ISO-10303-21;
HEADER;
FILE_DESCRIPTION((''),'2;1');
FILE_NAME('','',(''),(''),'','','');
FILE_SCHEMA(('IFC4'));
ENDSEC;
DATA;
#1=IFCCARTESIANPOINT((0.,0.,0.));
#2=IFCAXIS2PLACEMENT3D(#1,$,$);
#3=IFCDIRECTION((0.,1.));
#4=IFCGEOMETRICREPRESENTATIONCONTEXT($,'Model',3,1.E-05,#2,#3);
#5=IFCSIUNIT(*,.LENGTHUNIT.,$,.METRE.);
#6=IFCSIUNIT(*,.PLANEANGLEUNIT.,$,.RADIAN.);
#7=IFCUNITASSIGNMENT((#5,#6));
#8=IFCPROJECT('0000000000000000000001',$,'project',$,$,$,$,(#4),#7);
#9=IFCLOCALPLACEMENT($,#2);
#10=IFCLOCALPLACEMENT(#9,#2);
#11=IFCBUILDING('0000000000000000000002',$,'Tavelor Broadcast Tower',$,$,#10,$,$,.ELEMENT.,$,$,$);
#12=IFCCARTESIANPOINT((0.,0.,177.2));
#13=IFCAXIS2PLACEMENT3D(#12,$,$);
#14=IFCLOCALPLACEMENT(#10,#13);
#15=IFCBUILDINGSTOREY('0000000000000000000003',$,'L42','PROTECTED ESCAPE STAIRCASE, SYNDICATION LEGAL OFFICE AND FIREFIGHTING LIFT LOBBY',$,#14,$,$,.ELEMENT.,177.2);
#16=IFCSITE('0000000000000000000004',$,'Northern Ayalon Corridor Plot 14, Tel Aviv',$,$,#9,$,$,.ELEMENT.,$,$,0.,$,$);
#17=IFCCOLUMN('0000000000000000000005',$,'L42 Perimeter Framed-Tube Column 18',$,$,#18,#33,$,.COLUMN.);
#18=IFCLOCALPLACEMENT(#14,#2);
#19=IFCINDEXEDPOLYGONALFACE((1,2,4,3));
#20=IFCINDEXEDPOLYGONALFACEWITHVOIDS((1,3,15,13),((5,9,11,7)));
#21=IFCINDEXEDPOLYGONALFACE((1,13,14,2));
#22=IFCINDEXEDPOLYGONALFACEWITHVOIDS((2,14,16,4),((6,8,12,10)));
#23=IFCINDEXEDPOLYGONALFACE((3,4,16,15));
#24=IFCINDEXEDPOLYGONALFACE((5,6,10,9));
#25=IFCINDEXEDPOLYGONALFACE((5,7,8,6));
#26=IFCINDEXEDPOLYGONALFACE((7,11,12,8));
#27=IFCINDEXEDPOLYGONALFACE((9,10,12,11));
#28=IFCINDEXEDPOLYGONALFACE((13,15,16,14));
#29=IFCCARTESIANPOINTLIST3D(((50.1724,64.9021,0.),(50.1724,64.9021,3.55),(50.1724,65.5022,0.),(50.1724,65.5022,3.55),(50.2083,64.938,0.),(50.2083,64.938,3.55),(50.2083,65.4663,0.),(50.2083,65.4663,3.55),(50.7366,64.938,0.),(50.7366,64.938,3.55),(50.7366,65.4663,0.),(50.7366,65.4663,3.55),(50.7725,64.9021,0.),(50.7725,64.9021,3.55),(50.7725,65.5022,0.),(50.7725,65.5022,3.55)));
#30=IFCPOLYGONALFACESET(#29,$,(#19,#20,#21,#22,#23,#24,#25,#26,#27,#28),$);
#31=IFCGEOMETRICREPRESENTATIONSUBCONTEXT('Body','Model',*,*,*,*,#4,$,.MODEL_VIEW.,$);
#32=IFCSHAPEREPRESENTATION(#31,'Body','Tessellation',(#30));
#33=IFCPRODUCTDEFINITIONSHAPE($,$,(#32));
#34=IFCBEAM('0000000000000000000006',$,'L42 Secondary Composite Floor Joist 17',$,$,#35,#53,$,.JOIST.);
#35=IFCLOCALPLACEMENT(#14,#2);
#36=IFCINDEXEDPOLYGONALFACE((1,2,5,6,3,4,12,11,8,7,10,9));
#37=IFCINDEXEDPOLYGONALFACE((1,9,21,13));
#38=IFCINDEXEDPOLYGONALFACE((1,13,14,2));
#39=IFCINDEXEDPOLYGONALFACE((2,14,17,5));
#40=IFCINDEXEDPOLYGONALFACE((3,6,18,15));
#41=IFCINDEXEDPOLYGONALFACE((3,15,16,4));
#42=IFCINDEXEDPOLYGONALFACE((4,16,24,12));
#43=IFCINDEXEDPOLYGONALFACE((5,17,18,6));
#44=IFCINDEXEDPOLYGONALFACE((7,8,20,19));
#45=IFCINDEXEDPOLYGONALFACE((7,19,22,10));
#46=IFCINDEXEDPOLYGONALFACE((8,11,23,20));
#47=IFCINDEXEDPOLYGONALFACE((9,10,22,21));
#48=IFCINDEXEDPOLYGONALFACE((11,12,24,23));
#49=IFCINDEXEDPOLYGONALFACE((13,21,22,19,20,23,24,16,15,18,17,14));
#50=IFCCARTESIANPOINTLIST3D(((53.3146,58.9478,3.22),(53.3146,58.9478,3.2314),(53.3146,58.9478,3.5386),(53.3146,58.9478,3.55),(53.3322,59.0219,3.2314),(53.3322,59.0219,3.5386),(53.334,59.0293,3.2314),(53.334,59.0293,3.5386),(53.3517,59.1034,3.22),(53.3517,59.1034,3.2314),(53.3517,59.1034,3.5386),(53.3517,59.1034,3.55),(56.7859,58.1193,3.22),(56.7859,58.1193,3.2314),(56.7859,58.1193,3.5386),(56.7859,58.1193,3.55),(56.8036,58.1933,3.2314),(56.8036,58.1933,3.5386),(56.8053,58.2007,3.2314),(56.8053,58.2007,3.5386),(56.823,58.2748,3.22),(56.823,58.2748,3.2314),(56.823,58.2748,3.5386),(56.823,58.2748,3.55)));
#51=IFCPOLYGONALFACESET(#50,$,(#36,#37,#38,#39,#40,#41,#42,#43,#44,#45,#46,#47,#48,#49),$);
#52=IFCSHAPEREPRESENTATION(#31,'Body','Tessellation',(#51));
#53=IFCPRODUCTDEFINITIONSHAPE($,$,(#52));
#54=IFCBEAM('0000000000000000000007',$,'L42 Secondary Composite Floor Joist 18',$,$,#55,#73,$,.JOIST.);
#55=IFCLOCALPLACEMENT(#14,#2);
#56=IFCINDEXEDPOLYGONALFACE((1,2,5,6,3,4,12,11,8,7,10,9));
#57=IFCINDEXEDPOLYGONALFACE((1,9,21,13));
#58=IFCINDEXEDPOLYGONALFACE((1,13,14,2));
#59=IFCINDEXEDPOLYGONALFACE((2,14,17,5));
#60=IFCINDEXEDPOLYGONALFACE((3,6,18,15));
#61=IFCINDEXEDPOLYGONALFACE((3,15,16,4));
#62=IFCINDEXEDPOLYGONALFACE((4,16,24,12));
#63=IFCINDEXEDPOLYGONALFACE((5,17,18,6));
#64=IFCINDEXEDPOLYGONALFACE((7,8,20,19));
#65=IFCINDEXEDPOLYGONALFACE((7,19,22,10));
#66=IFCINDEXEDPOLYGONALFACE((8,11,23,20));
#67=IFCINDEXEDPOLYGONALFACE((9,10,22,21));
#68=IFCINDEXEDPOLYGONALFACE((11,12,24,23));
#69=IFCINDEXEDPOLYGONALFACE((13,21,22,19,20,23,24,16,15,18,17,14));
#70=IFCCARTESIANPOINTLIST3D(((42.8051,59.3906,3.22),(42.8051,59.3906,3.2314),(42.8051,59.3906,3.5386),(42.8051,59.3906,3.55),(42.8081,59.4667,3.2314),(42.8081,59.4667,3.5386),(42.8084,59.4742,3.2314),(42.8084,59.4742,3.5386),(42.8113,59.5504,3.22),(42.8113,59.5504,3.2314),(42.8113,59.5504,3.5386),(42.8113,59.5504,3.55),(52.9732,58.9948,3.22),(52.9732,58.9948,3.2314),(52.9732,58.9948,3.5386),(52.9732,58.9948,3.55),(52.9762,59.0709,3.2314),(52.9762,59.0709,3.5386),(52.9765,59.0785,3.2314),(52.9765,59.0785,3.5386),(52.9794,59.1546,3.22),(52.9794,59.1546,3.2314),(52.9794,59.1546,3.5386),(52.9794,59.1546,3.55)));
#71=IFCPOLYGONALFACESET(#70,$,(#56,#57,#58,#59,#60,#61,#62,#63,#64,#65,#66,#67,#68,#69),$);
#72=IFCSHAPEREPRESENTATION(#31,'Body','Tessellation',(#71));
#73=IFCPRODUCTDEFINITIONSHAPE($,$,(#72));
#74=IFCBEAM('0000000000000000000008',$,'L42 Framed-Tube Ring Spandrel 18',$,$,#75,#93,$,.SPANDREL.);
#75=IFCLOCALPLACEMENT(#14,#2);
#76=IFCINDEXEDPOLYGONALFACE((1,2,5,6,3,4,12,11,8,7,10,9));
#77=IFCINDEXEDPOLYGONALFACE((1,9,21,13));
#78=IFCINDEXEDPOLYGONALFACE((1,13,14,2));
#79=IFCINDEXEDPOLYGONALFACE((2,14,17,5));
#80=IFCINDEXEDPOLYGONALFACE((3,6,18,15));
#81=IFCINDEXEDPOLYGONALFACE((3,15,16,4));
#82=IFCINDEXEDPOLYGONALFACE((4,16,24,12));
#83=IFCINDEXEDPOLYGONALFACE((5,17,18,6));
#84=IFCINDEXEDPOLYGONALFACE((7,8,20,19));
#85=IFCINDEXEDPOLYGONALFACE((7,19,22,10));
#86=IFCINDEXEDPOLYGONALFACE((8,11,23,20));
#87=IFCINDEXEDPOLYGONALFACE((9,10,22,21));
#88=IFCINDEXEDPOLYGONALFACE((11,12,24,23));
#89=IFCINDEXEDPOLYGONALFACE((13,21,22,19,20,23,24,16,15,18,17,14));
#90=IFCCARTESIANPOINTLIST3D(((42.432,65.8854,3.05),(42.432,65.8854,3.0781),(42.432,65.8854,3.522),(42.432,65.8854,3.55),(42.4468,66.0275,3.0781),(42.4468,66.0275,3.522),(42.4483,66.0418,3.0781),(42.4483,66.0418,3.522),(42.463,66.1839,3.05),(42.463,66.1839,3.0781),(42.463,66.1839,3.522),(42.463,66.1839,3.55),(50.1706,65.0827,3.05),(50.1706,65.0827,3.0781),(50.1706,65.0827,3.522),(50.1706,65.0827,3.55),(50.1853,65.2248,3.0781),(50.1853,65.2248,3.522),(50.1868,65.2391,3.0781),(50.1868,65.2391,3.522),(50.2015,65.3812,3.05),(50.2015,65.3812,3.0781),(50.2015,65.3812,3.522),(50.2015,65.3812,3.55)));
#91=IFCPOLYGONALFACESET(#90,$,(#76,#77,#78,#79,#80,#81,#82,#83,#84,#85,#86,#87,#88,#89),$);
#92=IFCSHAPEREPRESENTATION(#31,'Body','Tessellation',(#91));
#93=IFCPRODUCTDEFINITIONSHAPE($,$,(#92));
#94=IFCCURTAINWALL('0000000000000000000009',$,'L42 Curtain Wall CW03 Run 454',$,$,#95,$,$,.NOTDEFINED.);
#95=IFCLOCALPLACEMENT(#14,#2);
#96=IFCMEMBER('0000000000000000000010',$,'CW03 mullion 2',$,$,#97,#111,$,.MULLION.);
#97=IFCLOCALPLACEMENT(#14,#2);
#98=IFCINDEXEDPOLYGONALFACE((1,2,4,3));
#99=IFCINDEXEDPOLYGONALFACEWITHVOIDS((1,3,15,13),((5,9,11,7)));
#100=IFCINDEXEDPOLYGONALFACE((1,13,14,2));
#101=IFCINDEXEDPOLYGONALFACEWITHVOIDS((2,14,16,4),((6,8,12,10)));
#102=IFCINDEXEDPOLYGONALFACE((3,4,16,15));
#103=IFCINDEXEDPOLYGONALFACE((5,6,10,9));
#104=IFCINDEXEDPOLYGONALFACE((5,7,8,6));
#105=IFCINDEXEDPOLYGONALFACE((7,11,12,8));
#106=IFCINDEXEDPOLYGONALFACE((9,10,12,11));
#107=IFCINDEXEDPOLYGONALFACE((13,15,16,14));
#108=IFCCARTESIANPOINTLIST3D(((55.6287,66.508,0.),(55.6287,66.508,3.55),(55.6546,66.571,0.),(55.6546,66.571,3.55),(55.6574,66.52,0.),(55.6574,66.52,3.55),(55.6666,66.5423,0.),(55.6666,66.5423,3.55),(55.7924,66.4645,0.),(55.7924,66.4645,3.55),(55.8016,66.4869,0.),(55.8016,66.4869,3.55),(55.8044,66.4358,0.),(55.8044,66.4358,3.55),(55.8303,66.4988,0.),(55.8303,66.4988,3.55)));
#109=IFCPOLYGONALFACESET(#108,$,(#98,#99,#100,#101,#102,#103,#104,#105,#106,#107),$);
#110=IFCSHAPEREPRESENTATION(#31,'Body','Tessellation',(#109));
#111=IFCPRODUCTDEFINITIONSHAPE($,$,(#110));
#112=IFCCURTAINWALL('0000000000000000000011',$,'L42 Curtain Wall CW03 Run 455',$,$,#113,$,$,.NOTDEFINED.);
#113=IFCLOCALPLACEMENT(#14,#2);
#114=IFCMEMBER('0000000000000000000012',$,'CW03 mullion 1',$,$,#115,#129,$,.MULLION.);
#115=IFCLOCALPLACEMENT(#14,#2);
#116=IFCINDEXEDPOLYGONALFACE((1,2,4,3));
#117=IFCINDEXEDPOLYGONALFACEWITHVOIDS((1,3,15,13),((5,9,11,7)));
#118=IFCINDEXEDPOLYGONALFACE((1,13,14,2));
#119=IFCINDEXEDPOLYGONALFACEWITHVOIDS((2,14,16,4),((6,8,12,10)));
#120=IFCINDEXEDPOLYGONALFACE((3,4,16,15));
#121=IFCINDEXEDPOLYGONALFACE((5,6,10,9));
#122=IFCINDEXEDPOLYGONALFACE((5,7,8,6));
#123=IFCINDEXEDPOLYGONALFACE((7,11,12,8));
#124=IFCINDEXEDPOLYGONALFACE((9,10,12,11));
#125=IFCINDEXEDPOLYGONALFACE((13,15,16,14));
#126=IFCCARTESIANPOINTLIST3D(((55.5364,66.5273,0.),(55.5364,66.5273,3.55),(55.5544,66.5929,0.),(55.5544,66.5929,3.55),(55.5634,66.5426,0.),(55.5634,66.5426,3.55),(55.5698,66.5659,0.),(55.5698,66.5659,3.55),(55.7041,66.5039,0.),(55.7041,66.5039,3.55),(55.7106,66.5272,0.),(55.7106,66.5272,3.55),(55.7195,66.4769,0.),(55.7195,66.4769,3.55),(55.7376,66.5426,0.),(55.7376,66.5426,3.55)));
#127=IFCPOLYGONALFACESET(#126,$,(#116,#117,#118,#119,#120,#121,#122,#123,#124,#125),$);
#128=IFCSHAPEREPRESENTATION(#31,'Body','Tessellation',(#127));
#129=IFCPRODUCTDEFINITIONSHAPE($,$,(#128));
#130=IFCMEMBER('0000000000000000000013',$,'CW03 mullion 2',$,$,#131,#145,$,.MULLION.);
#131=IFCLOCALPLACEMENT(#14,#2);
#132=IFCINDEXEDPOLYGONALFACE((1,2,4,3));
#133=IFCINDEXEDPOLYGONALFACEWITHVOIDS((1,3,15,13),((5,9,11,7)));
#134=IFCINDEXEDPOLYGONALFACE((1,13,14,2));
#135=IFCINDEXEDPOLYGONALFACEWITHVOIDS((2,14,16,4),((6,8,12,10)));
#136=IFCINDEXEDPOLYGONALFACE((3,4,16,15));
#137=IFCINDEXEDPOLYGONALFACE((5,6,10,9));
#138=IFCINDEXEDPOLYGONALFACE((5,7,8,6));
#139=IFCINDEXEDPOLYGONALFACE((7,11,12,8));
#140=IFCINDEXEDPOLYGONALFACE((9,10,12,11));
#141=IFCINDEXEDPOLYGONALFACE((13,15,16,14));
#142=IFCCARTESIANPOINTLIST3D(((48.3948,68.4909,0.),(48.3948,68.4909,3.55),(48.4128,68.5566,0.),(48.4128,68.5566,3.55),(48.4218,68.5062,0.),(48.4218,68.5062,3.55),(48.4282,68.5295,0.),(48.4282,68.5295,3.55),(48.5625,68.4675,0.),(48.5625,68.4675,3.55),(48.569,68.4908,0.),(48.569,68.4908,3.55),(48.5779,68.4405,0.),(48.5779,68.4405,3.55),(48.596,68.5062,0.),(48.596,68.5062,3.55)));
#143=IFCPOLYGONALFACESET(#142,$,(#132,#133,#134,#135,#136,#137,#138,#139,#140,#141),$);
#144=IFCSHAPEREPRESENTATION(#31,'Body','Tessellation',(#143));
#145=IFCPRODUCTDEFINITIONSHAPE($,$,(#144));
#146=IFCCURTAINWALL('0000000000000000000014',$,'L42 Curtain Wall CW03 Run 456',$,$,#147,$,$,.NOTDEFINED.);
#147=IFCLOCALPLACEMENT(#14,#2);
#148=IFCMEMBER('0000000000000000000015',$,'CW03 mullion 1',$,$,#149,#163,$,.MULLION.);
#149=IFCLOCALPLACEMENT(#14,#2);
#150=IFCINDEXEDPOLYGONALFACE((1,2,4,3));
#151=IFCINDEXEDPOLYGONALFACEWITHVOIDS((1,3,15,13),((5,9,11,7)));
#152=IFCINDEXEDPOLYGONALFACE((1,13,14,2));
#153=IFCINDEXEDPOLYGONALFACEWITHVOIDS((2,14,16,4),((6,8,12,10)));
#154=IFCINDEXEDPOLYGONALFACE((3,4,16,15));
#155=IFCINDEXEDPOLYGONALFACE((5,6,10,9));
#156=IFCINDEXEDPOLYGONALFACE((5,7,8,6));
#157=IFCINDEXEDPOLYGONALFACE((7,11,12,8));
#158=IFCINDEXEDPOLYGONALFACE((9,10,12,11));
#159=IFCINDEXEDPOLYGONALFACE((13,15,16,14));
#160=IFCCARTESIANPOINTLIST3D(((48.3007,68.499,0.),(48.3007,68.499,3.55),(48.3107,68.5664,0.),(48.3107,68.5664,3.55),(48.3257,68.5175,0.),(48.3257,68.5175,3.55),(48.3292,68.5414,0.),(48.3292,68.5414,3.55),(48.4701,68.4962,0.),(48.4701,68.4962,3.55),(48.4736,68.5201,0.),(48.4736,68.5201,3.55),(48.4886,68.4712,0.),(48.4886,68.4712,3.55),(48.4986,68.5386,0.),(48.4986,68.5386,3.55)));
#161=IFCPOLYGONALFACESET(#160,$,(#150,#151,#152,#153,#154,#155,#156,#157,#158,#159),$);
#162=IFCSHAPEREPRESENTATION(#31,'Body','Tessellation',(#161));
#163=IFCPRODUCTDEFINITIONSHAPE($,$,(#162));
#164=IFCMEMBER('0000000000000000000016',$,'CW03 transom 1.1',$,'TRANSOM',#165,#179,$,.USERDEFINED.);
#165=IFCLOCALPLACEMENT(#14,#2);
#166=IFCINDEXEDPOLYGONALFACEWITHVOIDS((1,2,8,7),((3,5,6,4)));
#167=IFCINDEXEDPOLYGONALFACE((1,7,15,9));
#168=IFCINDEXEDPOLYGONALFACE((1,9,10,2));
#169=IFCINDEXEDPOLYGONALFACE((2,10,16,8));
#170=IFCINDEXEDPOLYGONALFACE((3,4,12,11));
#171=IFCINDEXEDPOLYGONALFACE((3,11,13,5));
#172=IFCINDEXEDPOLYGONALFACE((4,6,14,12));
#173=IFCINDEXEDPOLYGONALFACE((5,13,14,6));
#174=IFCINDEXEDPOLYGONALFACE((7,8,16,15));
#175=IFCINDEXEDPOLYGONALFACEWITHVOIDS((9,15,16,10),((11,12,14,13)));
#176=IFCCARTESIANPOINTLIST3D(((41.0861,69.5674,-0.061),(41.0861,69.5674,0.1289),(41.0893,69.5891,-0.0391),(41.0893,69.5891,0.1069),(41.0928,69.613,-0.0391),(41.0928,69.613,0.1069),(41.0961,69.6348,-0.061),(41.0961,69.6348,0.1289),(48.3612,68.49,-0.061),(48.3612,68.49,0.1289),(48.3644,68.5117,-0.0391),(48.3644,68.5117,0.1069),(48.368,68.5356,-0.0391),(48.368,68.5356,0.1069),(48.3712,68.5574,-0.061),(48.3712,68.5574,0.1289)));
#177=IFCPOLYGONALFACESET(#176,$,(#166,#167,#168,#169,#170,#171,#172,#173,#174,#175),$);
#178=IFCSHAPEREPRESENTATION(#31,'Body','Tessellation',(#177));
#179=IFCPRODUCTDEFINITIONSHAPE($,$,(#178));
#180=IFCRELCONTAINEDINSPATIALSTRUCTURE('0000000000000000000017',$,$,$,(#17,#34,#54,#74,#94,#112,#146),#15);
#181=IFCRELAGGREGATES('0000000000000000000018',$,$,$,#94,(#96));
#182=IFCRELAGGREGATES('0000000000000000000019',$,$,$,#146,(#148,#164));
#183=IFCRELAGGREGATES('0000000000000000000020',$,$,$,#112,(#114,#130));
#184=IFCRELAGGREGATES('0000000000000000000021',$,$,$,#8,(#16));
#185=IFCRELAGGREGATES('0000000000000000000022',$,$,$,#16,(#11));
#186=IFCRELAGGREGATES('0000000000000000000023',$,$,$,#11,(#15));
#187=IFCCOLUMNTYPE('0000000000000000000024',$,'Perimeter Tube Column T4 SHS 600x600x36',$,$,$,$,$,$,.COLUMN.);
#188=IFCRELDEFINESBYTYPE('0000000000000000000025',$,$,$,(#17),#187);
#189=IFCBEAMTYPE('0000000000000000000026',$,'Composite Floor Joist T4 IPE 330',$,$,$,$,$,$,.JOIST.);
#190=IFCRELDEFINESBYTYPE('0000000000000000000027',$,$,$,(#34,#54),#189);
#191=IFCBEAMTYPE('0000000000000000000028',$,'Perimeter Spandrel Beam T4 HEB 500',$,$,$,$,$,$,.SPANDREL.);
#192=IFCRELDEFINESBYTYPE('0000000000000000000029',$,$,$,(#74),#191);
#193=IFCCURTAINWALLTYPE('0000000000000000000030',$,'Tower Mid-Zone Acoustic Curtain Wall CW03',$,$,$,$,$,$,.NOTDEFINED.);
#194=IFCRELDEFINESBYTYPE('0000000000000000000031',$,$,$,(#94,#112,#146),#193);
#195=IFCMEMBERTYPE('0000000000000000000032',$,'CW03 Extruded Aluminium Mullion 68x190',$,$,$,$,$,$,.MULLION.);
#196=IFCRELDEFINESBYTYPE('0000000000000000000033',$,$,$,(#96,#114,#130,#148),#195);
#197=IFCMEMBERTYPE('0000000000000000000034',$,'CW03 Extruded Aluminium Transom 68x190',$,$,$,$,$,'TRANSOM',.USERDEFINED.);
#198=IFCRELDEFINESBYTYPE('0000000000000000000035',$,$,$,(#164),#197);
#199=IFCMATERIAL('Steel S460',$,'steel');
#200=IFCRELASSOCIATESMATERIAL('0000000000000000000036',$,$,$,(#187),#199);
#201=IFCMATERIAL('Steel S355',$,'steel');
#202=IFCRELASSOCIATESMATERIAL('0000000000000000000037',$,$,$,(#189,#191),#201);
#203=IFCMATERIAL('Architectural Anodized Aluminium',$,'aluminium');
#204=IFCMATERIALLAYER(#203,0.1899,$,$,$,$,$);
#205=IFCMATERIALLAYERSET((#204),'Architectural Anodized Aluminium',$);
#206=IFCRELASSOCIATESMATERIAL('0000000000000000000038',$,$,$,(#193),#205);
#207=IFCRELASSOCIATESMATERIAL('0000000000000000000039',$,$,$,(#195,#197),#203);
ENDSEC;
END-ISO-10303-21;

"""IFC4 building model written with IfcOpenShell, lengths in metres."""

from ifc_helpers import new_model, si_unit, direction, frame, origin, origin_2d, place, context, subcontext, project, spatial, hollow_rectangle, i_section, extrude, source, transform, mapped, material, layer, layer_set, material_profile, profile_set, type_object, type_shapes, element, aggregate, save


model = new_model("IFC4")

# Units and contexts
model_context = context("Model", 3, precision=1e-05, world=origin(), true_north=direction((0.0, 1.0)))
body_context = subcontext(model_context, "Body", "Model", "MODEL_VIEW")
ifc_project = project(units=[si_unit("LENGTHUNIT", "METRE"), si_unit("PLANEANGLEUNIT", "RADIAN")], contexts=[model_context])

# Site, building, storey
site_placement = place(None, origin())
site = spatial("IfcSite", under=ifc_project, at=site_placement, Name="Northern Ayalon Corridor Plot 14, Tel Aviv", CompositionType="ELEMENT", RefElevation=0.0)
building_placement = place(site_placement, origin())
building = spatial("IfcBuilding", under=site, at=building_placement, Name="Tavelor Broadcast Tower", CompositionType="ELEMENT")
storey_placement = place(building_placement, frame((0.0, 0.0, 177.2)))
storey = spatial("IfcBuildingStorey", under=building, at=storey_placement, Name="L42", Description="PROTECTED ESCAPE STAIRCASE, SYNDICATION LEGAL OFFICE AND FIREFIGHTING LIFT LOBBY", CompositionType="ELEMENT", Elevation=177.2)

# Column
ifc_material_1 = material(Name="Steel S460", Category="steel")
ifc_material_profile_1 = material_profile(ifc_material_1, hollow_rectangle(XDim=0.6001, YDim=0.6001, WallThickness=0.0359, at=origin_2d()), Name="SHS 600x600x36")
ifc_profile_set_1 = profile_set([ifc_material_profile_1], Name="Steel S460")
column_type = type_object("IfcColumnType", Name="Perimeter Tube Column T4 SHS 600x600x36", PredefinedType="COLUMN", material=ifc_profile_set_1)
column_placement = place(storey_placement, frame((50.4724, 65.2021, 0.0), z_axis=(0.0, 0.0, 1.0), x_axis=(1.0, 0.0, 0.0)))
element("IfcColumn", 1, at=column_placement, inside=storey, type_object=column_type, Name="L42 Perimeter Framed-Tube Column 18", PredefinedType="COLUMN", context=body_context, shape_type="SweptSolid", body=[
    extrude(hollow_rectangle(XDim=0.6001, YDim=0.6001, WallThickness=0.0359, at=origin_2d()), origin(), (0.0, 0.0, 1.0), 3.55),
])

# Beams
ifc_material_2 = material(Name="Steel S355", Category="steel")
ifc_material_profile_2 = material_profile(ifc_material_2, i_section(OverallWidth=0.1599, OverallDepth=0.3301, WebThickness=0.0076, FlangeThickness=0.0115, at=origin_2d()), Name="IPE 330")
ifc_profile_set_2 = profile_set([ifc_material_profile_2], Name="Steel S355")
beam_type_1 = type_object("IfcBeamType", Name="Composite Floor Joist T4 IPE 330", PredefinedType="JOIST", material=ifc_profile_set_2)
beam_1_placement = place(storey_placement, frame((56.8044, 58.197, 3.385), z_axis=(-0.972675, 0.232172, 0.0), x_axis=(-0.232172, -0.972675, 0.0)))
element("IfcBeam", 2, at=beam_1_placement, inside=storey, type_object=beam_type_1, Name="L42 Secondary Composite Floor Joist 17", PredefinedType="JOIST", context=body_context, shape_type="SweptSolid", body=[
    extrude(i_section(OverallWidth=0.1599, OverallDepth=0.3301, WebThickness=0.0076, FlangeThickness=0.0115, at=origin_2d()), origin(), (0.0, 0.0, 1.0), 3.5688),
])
beam_2_placement = place(storey_placement, frame((52.9763, 59.0747, 3.385), z_axis=(-0.999243, 0.038892, 0.0), x_axis=(-0.038892, -0.999243, 0.0)))
element("IfcBeam", 3, at=beam_2_placement, inside=storey, type_object=beam_type_1, Name="L42 Secondary Composite Floor Joist 18", PredefinedType="JOIST", context=body_context, shape_type="SweptSolid", body=[
    extrude(i_section(OverallWidth=0.1599, OverallDepth=0.3301, WebThickness=0.0076, FlangeThickness=0.0115, at=origin_2d()), origin(), (0.0, 0.0, 1.0), 10.1758),
])
ifc_material_profile_3 = material_profile(ifc_material_2, i_section(OverallWidth=0.3, OverallDepth=0.5, WebThickness=0.0144, FlangeThickness=0.0281, at=origin_2d()), Name="HEB 500")
ifc_profile_set_3 = profile_set([ifc_material_profile_3], Name="Steel S355")
beam_type_2 = type_object("IfcBeamType", Name="Perimeter Spandrel Beam T4 HEB 500", PredefinedType="SPANDREL", material=ifc_profile_set_3)
beam_3_placement = place(storey_placement, frame((50.186, 65.2319, 3.3), z_axis=(-0.994663, 0.103179, 0.0), x_axis=(-0.103179, -0.994663, 0.0)))
element("IfcBeam", 4, at=beam_3_placement, inside=storey, type_object=beam_type_2, Name="L42 Framed-Tube Ring Spandrel 18", PredefinedType="SPANDREL", context=body_context, shape_type="SweptSolid", body=[
    extrude(i_section(OverallWidth=0.3, OverallDepth=0.5, WebThickness=0.0144, FlangeThickness=0.0281, at=origin_2d()), origin(), (0.0, 0.0, 1.0), 7.78),
])

# Curtain wall, member
ifc_material_3 = material(Name="Architectural Anodized Aluminium", Category="aluminium")
ifc_layer_1 = layer(ifc_material_3, 0.1899)
ifc_layer_set_1 = layer_set([ifc_layer_1], Name="Architectural Anodized Aluminium")
curtain_wall_type = type_object("IfcCurtainWallType", Name="Tower Mid-Zone Acoustic Curtain Wall CW03", PredefinedType="NOTDEFINED", material=ifc_layer_set_1)
curtain_wall_1_placement = place(storey_placement, origin())
curtain_wall_1 = element("IfcCurtainWall", 5, at=curtain_wall_1_placement, inside=storey, type_object=curtain_wall_type, Name="L42 Curtain Wall CW03 Run 454", PredefinedType="NOTDEFINED")
ifc_material_profile_4 = material_profile(ifc_material_3, hollow_rectangle(XDim=0.0681, YDim=0.1899, WallThickness=0.022, at=origin_2d()), Name="RHS 68x190x22")
ifc_profile_set_4 = profile_set([ifc_material_profile_4], Name="Architectural Anodized Aluminium")
member_type_1 = type_object("IfcMemberType", Name="CW03 Extruded Aluminium Mullion 68x190", PredefinedType="MULLION", material=ifc_profile_set_4)
shared_shape_1 = source(origin(), body_context, "Body", "SweptSolid", [
    extrude(hollow_rectangle(XDim=0.0681, YDim=0.1899, WallThickness=0.022, at=origin_2d()), origin(), (0.0, 0.0, 1.0), 3.55),
])
type_shapes(member_type_1, [shared_shape_1])
member_1_placement = place(storey_placement, frame((55.7295, 66.5034, 0.0), z_axis=(0.0, 0.0, 1.0), x_axis=(-0.379855, -0.925046, 0.0)))
member_1 = element("IfcMember", 6, at=member_1_placement, type_object=member_type_1, Name="CW03 mullion 2", PredefinedType="MULLION", context=body_context, shape_type="MappedRepresentation", body=[
    mapped(shared_shape_1, transform((0.0, 0.0, 0.0), scale=1.0)),
])
aggregate(curtain_wall_1, [member_1])

# Curtain walls, members
curtain_wall_2_placement = place(storey_placement, origin())
curtain_wall_2 = element("IfcCurtainWall", 7, at=curtain_wall_2_placement, inside=storey, type_object=curtain_wall_type, Name="L42 Curtain Wall CW03 Run 455", PredefinedType="NOTDEFINED")
member_2_placement = place(storey_placement, frame((55.637, 66.5349, 0.0), z_axis=(0.0, 0.0, 1.0), x_axis=(-0.265128, -0.964213, 0.0)))
member_2 = element("IfcMember", 8, at=member_2_placement, type_object=member_type_1, Name="CW03 mullion 1", PredefinedType="MULLION", context=body_context, shape_type="MappedRepresentation", body=[
    mapped(shared_shape_1, transform((0.0, 0.0, 0.0), scale=1.0)),
])
member_3_placement = place(storey_placement, frame((48.4954, 68.4985, 0.0), z_axis=(0.0, 0.0, 1.0), x_axis=(-0.265128, -0.964213, 0.0)))
member_3 = element("IfcMember", 9, at=member_3_placement, type_object=member_type_1, Name="CW03 mullion 2", PredefinedType="MULLION", context=body_context, shape_type="MappedRepresentation", body=[
    mapped(shared_shape_1, transform((0.0, 0.0, 0.0), scale=1.0)),
])
curtain_wall_3_placement = place(storey_placement, origin())
curtain_wall_3 = element("IfcCurtainWall", 10, at=curtain_wall_3_placement, inside=storey, type_object=curtain_wall_type, Name="L42 Curtain Wall CW03 Run 456", PredefinedType="NOTDEFINED")
member_4_placement = place(storey_placement, frame((48.3997, 68.5188, 0.0), z_axis=(0.0, 0.0, 1.0), x_axis=(-0.146496, -0.989211, 0.0)))
member_4 = element("IfcMember", 11, at=member_4_placement, type_object=member_type_1, Name="CW03 mullion 1", PredefinedType="MULLION", context=body_context, shape_type="MappedRepresentation", body=[
    mapped(shared_shape_1, transform((0.0, 0.0, 0.0), scale=1.0)),
])
ifc_material_profile_5 = material_profile(ifc_material_3, hollow_rectangle(XDim=0.0681, YDim=0.1899, WallThickness=0.022, at=origin_2d()), Name="RHS 68x190x22")
ifc_profile_set_5 = profile_set([ifc_material_profile_5], Name="Architectural Anodized Aluminium")
member_type_2 = type_object("IfcMemberType", Name="CW03 Extruded Aluminium Transom 68x190", ElementType="TRANSOM", PredefinedType="USERDEFINED", material=ifc_profile_set_5)
shared_shape_2 = source(origin(), body_context, "Body", "SweptSolid", [
    extrude(hollow_rectangle(XDim=0.0681, YDim=0.1899, WallThickness=0.022, at=origin_2d()), origin(), (0.0, 0.0, 1.0), 7.3545),
])
member_5_placement = place(storey_placement, frame((48.3662, 68.5237, 0.0339), z_axis=(-0.989211, 0.146495, 0.0), x_axis=(-0.146495, -0.989211, 0.0)))
member_5 = element("IfcMember", 12, at=member_5_placement, type_object=member_type_2, Name="CW03 transom 1.1", ObjectType="TRANSOM", PredefinedType="USERDEFINED", context=body_context, shape_type="MappedRepresentation", body=[
    mapped(shared_shape_2, transform((0.0, 0.0, 0.0), scale=1.0)),
])
aggregate(curtain_wall_3, [member_4, member_5])

aggregate(curtain_wall_2, [member_2, member_3])

save(model, "model.ifc")
